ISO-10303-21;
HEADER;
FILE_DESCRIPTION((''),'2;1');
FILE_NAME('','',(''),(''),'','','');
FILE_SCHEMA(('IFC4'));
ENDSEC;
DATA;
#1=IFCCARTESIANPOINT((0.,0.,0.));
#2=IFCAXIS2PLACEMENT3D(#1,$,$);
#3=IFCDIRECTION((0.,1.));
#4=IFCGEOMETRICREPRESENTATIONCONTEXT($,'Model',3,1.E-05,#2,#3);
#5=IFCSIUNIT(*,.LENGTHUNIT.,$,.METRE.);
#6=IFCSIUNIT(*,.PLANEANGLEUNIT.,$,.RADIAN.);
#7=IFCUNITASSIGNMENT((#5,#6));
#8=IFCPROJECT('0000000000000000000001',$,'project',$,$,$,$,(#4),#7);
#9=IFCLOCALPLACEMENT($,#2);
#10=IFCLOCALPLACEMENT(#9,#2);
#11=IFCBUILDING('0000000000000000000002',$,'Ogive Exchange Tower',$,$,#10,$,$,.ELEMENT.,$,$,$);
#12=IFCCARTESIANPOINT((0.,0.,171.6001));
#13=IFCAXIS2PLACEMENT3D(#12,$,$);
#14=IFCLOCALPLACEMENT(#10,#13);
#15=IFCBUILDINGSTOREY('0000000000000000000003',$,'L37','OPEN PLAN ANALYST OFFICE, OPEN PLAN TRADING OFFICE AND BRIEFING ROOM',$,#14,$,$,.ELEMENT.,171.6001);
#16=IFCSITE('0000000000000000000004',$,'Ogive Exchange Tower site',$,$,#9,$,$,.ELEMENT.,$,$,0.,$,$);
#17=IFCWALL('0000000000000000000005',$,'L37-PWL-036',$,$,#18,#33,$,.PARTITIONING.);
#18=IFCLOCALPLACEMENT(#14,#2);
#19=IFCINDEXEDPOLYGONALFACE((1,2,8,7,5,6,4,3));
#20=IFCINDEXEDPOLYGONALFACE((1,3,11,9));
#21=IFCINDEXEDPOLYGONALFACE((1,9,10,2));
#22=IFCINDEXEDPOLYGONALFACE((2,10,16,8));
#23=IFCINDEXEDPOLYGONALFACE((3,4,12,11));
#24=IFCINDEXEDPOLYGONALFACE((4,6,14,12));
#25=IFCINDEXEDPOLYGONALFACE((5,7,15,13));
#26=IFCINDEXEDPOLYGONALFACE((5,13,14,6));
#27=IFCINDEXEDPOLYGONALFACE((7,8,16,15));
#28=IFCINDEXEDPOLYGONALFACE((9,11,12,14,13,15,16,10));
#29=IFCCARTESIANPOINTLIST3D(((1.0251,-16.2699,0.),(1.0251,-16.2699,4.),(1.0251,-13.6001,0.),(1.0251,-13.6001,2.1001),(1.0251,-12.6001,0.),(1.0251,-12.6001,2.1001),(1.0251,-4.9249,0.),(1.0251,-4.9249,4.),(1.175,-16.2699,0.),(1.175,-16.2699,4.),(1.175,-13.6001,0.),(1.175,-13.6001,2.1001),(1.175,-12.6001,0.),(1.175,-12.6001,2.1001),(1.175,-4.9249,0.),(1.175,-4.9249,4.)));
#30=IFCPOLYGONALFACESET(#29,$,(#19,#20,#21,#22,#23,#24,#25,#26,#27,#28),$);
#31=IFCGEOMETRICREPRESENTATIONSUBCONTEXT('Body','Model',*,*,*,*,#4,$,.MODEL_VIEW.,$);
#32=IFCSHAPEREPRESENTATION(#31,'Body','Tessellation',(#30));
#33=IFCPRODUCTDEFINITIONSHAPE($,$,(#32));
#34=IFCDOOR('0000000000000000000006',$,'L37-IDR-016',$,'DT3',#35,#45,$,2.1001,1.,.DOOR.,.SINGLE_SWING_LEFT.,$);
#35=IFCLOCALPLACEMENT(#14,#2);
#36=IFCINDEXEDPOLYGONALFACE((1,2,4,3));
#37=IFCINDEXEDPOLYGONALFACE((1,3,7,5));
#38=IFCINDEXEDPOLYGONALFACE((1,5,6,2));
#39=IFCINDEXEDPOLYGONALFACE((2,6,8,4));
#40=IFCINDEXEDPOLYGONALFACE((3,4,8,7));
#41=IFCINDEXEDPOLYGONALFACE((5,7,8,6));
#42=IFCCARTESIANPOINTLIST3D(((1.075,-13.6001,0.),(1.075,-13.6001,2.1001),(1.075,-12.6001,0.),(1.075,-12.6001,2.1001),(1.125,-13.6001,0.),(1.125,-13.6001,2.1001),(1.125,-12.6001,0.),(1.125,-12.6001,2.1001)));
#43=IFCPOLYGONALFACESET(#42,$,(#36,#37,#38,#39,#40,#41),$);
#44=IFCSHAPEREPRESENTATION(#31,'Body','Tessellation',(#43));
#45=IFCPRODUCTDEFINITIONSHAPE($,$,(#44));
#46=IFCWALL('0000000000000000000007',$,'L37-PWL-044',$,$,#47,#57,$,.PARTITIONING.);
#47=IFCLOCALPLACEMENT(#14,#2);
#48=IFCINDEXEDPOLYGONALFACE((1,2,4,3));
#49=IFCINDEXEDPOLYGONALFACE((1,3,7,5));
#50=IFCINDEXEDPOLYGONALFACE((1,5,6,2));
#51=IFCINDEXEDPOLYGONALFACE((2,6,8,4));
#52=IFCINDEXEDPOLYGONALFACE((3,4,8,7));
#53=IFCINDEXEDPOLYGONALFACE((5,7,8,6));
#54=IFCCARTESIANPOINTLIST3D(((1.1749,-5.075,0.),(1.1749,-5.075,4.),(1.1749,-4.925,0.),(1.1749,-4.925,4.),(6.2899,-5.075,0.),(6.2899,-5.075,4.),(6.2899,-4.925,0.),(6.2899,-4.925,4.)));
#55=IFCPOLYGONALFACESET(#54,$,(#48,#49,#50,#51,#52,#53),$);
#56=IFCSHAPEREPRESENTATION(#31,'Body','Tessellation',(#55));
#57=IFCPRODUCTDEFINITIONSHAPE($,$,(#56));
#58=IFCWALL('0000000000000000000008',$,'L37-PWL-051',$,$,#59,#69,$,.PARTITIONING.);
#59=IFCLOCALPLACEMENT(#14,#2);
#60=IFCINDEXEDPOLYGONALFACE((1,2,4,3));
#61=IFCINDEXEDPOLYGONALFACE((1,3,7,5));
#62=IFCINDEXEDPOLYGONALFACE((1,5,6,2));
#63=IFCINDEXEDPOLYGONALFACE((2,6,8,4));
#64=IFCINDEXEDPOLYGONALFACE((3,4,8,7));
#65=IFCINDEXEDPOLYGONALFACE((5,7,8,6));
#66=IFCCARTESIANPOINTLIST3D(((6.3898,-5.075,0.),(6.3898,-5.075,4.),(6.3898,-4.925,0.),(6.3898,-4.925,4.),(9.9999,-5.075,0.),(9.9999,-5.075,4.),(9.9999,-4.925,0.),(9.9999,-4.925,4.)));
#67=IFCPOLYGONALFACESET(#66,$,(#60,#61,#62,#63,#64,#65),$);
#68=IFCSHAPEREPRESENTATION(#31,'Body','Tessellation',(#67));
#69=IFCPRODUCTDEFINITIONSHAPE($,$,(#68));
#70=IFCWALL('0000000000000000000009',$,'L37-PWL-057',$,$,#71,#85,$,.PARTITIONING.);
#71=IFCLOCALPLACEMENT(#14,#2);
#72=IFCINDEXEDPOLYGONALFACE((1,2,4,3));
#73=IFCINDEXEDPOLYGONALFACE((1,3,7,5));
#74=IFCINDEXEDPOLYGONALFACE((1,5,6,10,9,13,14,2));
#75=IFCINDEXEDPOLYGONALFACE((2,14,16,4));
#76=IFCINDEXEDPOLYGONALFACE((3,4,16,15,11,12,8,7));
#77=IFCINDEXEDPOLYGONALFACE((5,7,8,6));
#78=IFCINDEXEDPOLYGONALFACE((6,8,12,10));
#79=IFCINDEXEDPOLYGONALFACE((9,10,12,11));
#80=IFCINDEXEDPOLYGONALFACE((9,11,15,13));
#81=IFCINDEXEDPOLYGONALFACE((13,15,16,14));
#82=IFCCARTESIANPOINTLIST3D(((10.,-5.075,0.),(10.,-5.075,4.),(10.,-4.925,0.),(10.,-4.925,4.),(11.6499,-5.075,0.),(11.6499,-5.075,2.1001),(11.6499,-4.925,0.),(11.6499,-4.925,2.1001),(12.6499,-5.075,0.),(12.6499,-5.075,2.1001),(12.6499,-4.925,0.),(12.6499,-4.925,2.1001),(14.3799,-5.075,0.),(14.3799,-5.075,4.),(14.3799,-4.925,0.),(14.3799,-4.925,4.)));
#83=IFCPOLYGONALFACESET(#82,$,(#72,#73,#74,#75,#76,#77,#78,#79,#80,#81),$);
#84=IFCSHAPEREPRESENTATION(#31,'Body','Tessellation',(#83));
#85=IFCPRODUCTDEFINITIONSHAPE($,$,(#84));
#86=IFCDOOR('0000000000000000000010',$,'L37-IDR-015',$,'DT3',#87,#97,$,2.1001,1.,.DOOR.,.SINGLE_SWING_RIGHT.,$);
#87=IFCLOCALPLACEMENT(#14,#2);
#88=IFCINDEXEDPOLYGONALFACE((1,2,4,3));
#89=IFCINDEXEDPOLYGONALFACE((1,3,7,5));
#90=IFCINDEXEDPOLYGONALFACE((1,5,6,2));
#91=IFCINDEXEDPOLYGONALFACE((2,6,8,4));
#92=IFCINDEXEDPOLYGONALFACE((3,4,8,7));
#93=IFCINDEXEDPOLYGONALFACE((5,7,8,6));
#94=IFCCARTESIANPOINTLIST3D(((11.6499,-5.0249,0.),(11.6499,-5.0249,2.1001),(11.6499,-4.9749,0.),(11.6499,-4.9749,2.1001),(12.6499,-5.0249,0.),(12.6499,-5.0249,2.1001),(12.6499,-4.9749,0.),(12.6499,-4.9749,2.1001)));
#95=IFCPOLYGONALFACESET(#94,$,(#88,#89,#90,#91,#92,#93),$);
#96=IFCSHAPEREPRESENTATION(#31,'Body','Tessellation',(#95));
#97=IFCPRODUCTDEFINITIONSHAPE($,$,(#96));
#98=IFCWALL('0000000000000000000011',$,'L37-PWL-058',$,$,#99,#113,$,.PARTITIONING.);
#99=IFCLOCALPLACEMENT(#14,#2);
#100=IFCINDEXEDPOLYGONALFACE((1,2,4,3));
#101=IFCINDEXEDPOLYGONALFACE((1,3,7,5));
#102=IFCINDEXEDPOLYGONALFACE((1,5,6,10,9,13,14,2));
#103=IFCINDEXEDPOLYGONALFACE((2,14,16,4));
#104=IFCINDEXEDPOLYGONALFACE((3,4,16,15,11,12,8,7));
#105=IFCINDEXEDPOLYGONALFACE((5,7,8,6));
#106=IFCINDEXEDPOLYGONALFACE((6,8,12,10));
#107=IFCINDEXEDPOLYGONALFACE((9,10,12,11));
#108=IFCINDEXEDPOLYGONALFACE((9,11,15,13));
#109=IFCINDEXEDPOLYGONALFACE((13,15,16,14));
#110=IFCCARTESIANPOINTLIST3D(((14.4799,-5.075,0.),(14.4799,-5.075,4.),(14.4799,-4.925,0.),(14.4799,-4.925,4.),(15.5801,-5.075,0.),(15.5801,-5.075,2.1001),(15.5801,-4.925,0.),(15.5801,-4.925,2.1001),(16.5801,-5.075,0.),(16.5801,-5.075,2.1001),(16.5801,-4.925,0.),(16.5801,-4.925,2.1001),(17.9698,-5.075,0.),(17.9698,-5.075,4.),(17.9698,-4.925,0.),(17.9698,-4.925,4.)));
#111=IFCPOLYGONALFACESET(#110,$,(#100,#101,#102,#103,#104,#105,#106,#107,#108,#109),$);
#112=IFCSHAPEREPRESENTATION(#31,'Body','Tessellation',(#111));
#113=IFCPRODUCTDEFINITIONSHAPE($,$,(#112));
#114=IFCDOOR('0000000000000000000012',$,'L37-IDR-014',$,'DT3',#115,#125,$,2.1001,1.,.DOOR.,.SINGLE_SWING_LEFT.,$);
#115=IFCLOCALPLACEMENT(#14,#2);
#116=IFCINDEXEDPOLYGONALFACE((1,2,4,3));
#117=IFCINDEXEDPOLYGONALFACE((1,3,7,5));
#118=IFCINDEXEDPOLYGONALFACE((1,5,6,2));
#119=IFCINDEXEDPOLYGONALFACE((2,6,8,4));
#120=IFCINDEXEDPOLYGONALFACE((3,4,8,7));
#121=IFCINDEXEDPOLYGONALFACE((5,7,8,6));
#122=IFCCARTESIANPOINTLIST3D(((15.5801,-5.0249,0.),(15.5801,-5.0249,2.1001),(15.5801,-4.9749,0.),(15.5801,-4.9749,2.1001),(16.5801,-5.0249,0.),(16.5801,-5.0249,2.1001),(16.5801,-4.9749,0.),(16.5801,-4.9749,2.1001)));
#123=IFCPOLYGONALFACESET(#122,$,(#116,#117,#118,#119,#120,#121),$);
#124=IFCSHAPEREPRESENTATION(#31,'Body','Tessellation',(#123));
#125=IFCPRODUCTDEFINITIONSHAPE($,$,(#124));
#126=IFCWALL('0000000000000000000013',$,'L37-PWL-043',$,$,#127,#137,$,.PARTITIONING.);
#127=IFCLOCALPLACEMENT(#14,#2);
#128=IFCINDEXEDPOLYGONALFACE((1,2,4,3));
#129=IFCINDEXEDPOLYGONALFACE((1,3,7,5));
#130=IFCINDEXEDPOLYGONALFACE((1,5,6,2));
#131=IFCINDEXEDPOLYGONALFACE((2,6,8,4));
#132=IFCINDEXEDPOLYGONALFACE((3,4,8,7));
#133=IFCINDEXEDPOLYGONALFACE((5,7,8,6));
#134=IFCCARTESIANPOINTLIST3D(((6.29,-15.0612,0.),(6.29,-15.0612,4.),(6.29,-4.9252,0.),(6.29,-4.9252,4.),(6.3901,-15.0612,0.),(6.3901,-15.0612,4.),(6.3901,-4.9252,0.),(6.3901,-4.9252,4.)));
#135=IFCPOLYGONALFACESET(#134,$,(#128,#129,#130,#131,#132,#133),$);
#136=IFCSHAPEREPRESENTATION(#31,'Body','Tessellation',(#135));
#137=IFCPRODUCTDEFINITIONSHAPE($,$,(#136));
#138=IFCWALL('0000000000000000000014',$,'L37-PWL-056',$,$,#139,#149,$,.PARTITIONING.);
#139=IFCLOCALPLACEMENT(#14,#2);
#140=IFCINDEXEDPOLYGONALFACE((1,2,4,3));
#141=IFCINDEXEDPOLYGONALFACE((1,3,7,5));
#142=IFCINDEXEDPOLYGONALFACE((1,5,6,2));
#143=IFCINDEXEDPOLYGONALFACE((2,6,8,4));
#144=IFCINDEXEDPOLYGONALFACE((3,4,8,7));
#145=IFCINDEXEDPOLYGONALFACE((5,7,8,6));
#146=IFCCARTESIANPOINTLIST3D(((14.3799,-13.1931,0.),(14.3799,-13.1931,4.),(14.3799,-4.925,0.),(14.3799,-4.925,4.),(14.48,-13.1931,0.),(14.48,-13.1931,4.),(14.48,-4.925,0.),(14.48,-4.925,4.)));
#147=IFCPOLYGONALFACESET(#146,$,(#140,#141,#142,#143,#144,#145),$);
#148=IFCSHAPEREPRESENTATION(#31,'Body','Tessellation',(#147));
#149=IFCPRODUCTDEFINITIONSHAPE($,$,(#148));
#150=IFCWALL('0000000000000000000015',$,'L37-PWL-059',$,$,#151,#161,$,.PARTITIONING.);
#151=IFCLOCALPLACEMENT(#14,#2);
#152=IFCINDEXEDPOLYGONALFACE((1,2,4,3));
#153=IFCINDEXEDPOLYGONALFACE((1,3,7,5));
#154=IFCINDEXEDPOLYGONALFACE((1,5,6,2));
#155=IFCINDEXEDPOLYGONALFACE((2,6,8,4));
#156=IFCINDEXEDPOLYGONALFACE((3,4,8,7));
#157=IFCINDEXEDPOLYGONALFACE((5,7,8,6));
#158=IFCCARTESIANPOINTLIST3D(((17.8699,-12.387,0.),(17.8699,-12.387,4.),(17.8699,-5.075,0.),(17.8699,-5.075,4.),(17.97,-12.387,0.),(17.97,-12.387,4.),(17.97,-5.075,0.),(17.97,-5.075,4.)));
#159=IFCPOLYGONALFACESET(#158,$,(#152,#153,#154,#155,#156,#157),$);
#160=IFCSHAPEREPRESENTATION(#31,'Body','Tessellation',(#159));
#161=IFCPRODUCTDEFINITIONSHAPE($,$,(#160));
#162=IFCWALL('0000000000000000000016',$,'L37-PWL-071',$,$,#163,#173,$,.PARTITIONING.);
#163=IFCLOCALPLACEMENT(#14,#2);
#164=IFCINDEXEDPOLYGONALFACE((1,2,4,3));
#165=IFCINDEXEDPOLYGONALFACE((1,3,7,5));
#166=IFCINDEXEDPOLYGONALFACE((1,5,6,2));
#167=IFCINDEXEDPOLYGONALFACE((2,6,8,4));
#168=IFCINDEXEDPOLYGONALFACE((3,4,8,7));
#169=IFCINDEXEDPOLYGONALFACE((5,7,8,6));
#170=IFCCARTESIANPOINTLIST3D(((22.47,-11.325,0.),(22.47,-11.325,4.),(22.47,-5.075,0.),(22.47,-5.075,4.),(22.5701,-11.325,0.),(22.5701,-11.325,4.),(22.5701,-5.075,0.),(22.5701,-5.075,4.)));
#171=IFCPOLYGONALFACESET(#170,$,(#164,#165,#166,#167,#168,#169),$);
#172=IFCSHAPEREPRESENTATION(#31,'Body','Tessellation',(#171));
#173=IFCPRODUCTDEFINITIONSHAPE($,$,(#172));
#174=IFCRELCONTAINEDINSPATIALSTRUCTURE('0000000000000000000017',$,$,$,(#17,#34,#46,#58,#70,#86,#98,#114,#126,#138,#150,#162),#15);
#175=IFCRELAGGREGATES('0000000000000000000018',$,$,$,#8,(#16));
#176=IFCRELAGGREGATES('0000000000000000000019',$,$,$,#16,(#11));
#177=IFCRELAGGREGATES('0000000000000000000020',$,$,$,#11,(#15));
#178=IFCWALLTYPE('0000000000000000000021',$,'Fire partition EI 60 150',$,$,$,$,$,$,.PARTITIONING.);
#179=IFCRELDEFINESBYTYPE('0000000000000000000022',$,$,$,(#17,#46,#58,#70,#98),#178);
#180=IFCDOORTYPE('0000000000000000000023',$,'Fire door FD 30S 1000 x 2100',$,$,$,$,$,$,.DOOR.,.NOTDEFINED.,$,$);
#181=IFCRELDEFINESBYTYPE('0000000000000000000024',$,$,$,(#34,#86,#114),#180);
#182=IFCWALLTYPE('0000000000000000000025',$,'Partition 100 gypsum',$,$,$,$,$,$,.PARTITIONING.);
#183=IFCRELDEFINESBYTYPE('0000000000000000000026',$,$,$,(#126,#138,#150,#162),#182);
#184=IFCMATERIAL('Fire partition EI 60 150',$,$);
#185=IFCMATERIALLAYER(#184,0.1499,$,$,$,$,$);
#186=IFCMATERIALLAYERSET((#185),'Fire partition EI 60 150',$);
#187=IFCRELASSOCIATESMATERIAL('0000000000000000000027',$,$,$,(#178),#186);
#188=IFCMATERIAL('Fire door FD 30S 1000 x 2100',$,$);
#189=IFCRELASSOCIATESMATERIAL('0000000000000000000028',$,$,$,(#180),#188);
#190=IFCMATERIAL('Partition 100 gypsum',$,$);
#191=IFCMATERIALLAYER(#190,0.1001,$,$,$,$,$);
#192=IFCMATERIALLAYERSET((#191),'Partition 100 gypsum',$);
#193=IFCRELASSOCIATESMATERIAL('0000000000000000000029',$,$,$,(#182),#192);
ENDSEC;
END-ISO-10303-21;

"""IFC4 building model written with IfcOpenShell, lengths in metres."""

from ifc_helpers import new_model, si_unit, direction, frame, frame_2d, origin, place, context, subcontext, project, spatial, rectangle, extrude, material, layer, layer_set, type_object, element, fill, save


model = new_model("IFC4")

# Units and contexts
model_context = context("Model", 3, precision=1e-05, world=origin(), true_north=direction((0.0, 1.0)))
body_context = subcontext(model_context, "Body", "Model", "MODEL_VIEW")
ifc_project = project(units=[si_unit("LENGTHUNIT", "METRE"), si_unit("PLANEANGLEUNIT", "RADIAN")], contexts=[model_context])

# Site, building, storey
site_placement = place(None, origin())
site = spatial("IfcSite", under=ifc_project, at=site_placement, Name="Ogive Exchange Tower site", CompositionType="ELEMENT", RefElevation=0.0)
building_placement = place(site_placement, origin())
building = spatial("IfcBuilding", under=site, at=building_placement, Name="Ogive Exchange Tower", CompositionType="ELEMENT")
storey_placement = place(building_placement, frame((0.0, 0.0, 171.6001)))
storey = spatial("IfcBuildingStorey", under=building, at=storey_placement, Name="L37", Description="OPEN PLAN ANALYST OFFICE, OPEN PLAN TRADING OFFICE AND BRIEFING ROOM", CompositionType="ELEMENT", Elevation=171.6001)

# Wall, opening, door
ifc_material_1 = material(Name="Fire partition EI 60 150")
ifc_layer_1 = layer(ifc_material_1, 0.1499)
ifc_layer_set_1 = layer_set([ifc_layer_1], Name="Fire partition EI 60 150")
wall_type_1 = type_object("IfcWallType", Name="Fire partition EI 60 150", PredefinedType="PARTITIONING", material=ifc_layer_set_1)
wall_1_placement = place(storey_placement, frame((1.1001, -4.925, 0.0), z_axis=(0.0, 0.0, 1.0), x_axis=(0.0, -1.0, 0.0)))
wall_1 = element("IfcWall", 1, at=wall_1_placement, inside=storey, type_object=wall_type_1, Name="L37-PWL-036", PredefinedType="PARTITIONING", context=body_context, shape_type="SweptSolid", body=[
    extrude(rectangle(XDim=11.345, YDim=0.1499, at=frame_2d((5.6724, 0.0))), origin(), (0.0, 0.0, 1.0), 4.0),
])
opening_1_placement = place(wall_1_placement, frame((7.675, 0.0, 0.0)))
opening_1 = element("IfcOpeningElement", 2, at=opening_1_placement, cuts=wall_1, PredefinedType="OPENING", context=body_context, shape_type="SweptSolid", body=[
    extrude(rectangle(XDim=1.0, YDim=2.1001, at=frame_2d((0.5, 1.05))), frame((0.0, 0.085, 0.0), z_axis=(0.0, -1.0, 0.0), x_axis=(1.0, 0.0, 0.0)), (0.0, 0.0, 1.0), 0.1699),
])
ifc_material_2 = material(Name="Fire door FD 30S 1000 x 2100")
door_type = type_object("IfcDoorType", Name="Fire door FD 30S 1000 x 2100", OperationType="NOTDEFINED", PredefinedType="DOOR", material=ifc_material_2)
door_1_placement = place(opening_1_placement, origin())
door_1 = element("IfcDoor", 3, at=door_1_placement, inside=storey, type_object=door_type, Name="L37-IDR-016", ObjectType="DT3", OperationType="SINGLE_SWING_LEFT", OverallHeight=2.1001, OverallWidth=1.0, PredefinedType="DOOR", context=body_context, shape_type="SweptSolid", body=[
    extrude(rectangle(XDim=1.0, YDim=2.1001, at=frame_2d((0.5, 1.05))), frame((0.0, 0.0249, 0.0), z_axis=(0.0, -1.0, 0.0), x_axis=(1.0, 0.0, 0.0)), (0.0, 0.0, 1.0), 0.05),
])
fill(opening_1, door_1)

# Walls
wall_2_placement = place(storey_placement, frame((6.29, -5.0, 0.0), z_axis=(0.0, 0.0, 1.0), x_axis=(-1.0, 0.0, 0.0)))
element("IfcWall", 4, at=wall_2_placement, inside=storey, type_object=wall_type_1, Name="L37-PWL-044", PredefinedType="PARTITIONING", context=body_context, shape_type="SweptSolid", body=[
    extrude(rectangle(XDim=5.115, YDim=0.1499, at=frame_2d((2.5576, 0.0))), origin(), (0.0, 0.0, 1.0), 4.0),
])
wall_3_placement = place(storey_placement, frame((10.0, -5.0, 0.0), z_axis=(0.0, 0.0, 1.0), x_axis=(-1.0, 0.0, 0.0)))
element("IfcWall", 5, at=wall_3_placement, inside=storey, type_object=wall_type_1, Name="L37-PWL-051", PredefinedType="PARTITIONING", context=body_context, shape_type="SweptSolid", body=[
    extrude(rectangle(XDim=3.6101, YDim=0.1499, at=frame_2d((1.8052, 0.0))), origin(), (0.0, 0.0, 1.0), 4.0),
])

# Walls, openings, doors
wall_4_placement = place(storey_placement, frame((14.3799, -5.0, 0.0), z_axis=(0.0, 0.0, 1.0), x_axis=(-1.0, 0.0, 0.0)))
wall_4 = element("IfcWall", 6, at=wall_4_placement, inside=storey, type_object=wall_type_1, Name="L37-PWL-057", PredefinedType="PARTITIONING", context=body_context, shape_type="SweptSolid", body=[
    extrude(rectangle(XDim=4.3799, YDim=0.1499, at=frame_2d((2.1899, 0.0))), origin(), (0.0, 0.0, 1.0), 4.0),
])
opening_2_placement = place(wall_4_placement, frame((1.73, 0.0, 0.0)))
opening_2 = element("IfcOpeningElement", 7, at=opening_2_placement, cuts=wall_4, PredefinedType="OPENING", context=body_context, shape_type="SweptSolid", body=[
    extrude(rectangle(XDim=1.0, YDim=2.1001, at=frame_2d((0.5, 1.05))), frame((0.0, 0.085, 0.0), z_axis=(0.0, -1.0, 0.0), x_axis=(1.0, 0.0, 0.0)), (0.0, 0.0, 1.0), 0.1699),
])
door_2_placement = place(opening_2_placement, origin())
door_2 = element("IfcDoor", 8, at=door_2_placement, inside=storey, type_object=door_type, Name="L37-IDR-015", ObjectType="DT3", OperationType="SINGLE_SWING_RIGHT", OverallHeight=2.1001, OverallWidth=1.0, PredefinedType="DOOR", context=body_context, shape_type="SweptSolid", body=[
    extrude(rectangle(XDim=1.0, YDim=2.1001, at=frame_2d((0.5, 1.05))), frame((0.0, 0.0249, 0.0), z_axis=(0.0, -1.0, 0.0), x_axis=(1.0, 0.0, 0.0)), (0.0, 0.0, 1.0), 0.05),
])
fill(opening_2, door_2)
wall_5_placement = place(storey_placement, frame((17.97, -5.0, 0.0), z_axis=(0.0, 0.0, 1.0), x_axis=(-1.0, 0.0, 0.0)))
wall_5 = element("IfcWall", 9, at=wall_5_placement, inside=storey, type_object=wall_type_1, Name="L37-PWL-058", PredefinedType="PARTITIONING", context=body_context, shape_type="SweptSolid", body=[
    extrude(rectangle(XDim=3.49, YDim=0.1499, at=frame_2d((1.7451, 0.0))), origin(), (0.0, 0.0, 1.0), 4.0),
])
opening_3_placement = place(wall_5_placement, frame((1.3899, 0.0, 0.0)))
opening_3 = element("IfcOpeningElement", 10, at=opening_3_placement, cuts=wall_5, PredefinedType="OPENING", context=body_context, shape_type="SweptSolid", body=[
    extrude(rectangle(XDim=1.0, YDim=2.1001, at=frame_2d((0.5, 1.05))), frame((0.0, 0.085, 0.0), z_axis=(0.0, -1.0, 0.0), x_axis=(1.0, 0.0, 0.0)), (0.0, 0.0, 1.0), 0.1699),
])
door_3_placement = place(opening_3_placement, origin())
door_3 = element("IfcDoor", 11, at=door_3_placement, inside=storey, type_object=door_type, Name="L37-IDR-014", ObjectType="DT3", OperationType="SINGLE_SWING_LEFT", OverallHeight=2.1001, OverallWidth=1.0, PredefinedType="DOOR", context=body_context, shape_type="SweptSolid", body=[
    extrude(rectangle(XDim=1.0, YDim=2.1001, at=frame_2d((0.5, 1.05))), frame((0.0, 0.0249, 0.0), z_axis=(0.0, -1.0, 0.0), x_axis=(1.0, 0.0, 0.0)), (0.0, 0.0, 1.0), 0.05),
])
fill(opening_3, door_3)

# Walls
ifc_material_3 = material(Name="Partition 100 gypsum")
ifc_layer_2 = layer(ifc_material_3, 0.1001)
ifc_layer_set_2 = layer_set([ifc_layer_2], Name="Partition 100 gypsum")
wall_type_2 = type_object("IfcWallType", Name="Partition 100 gypsum", PredefinedType="PARTITIONING", material=ifc_layer_set_2)
wall_6_placement = place(storey_placement, frame((6.3401, -15.061, 0.0), z_axis=(0.0, 0.0, 1.0), x_axis=(0.0, 1.0, 0.0)))
element("IfcWall", 12, at=wall_6_placement, inside=storey, type_object=wall_type_2, Name="L37-PWL-043", PredefinedType="PARTITIONING", context=body_context, shape_type="SweptSolid", body=[
    extrude(rectangle(XDim=10.136, YDim=0.1001, at=frame_2d((5.0679, 0.0))), origin(), (0.0, 0.0, 1.0), 4.0),
])
wall_7_placement = place(storey_placement, frame((14.4299, -13.1931, 0.0), z_axis=(0.0, 0.0, 1.0), x_axis=(0.0, 1.0, 0.0)))
element("IfcWall", 13, at=wall_7_placement, inside=storey, type_object=wall_type_2, Name="L37-PWL-056", PredefinedType="PARTITIONING", context=body_context, shape_type="SweptSolid", body=[
    extrude(rectangle(XDim=8.2681, YDim=0.1001, at=frame_2d((4.134, 0.0))), origin(), (0.0, 0.0, 1.0), 4.0),
])
wall_8_placement = place(storey_placement, frame((17.9199, -5.075, 0.0), z_axis=(0.0, 0.0, 1.0), x_axis=(0.0, -1.0, 0.0)))
element("IfcWall", 14, at=wall_8_placement, inside=storey, type_object=wall_type_2, Name="L37-PWL-059", PredefinedType="PARTITIONING", context=body_context, shape_type="SweptSolid", body=[
    extrude(rectangle(XDim=7.312, YDim=0.1001, at=frame_2d((3.656, 0.0))), origin(), (0.0, 0.0, 1.0), 4.0),
])
wall_9_placement = place(storey_placement, frame((22.52, -5.075, 0.0), z_axis=(0.0, 0.0, 1.0), x_axis=(0.0, -1.0, 0.0)))
element("IfcWall", 15, at=wall_9_placement, inside=storey, type_object=wall_type_2, Name="L37-PWL-071", PredefinedType="PARTITIONING", context=body_context, shape_type="SweptSolid", body=[
    extrude(rectangle(XDim=6.25, YDim=0.1001, at=frame_2d((3.125, 0.0))), origin(), (0.0, 0.0, 1.0), 4.0),
])

save(model, "model.ifc")
